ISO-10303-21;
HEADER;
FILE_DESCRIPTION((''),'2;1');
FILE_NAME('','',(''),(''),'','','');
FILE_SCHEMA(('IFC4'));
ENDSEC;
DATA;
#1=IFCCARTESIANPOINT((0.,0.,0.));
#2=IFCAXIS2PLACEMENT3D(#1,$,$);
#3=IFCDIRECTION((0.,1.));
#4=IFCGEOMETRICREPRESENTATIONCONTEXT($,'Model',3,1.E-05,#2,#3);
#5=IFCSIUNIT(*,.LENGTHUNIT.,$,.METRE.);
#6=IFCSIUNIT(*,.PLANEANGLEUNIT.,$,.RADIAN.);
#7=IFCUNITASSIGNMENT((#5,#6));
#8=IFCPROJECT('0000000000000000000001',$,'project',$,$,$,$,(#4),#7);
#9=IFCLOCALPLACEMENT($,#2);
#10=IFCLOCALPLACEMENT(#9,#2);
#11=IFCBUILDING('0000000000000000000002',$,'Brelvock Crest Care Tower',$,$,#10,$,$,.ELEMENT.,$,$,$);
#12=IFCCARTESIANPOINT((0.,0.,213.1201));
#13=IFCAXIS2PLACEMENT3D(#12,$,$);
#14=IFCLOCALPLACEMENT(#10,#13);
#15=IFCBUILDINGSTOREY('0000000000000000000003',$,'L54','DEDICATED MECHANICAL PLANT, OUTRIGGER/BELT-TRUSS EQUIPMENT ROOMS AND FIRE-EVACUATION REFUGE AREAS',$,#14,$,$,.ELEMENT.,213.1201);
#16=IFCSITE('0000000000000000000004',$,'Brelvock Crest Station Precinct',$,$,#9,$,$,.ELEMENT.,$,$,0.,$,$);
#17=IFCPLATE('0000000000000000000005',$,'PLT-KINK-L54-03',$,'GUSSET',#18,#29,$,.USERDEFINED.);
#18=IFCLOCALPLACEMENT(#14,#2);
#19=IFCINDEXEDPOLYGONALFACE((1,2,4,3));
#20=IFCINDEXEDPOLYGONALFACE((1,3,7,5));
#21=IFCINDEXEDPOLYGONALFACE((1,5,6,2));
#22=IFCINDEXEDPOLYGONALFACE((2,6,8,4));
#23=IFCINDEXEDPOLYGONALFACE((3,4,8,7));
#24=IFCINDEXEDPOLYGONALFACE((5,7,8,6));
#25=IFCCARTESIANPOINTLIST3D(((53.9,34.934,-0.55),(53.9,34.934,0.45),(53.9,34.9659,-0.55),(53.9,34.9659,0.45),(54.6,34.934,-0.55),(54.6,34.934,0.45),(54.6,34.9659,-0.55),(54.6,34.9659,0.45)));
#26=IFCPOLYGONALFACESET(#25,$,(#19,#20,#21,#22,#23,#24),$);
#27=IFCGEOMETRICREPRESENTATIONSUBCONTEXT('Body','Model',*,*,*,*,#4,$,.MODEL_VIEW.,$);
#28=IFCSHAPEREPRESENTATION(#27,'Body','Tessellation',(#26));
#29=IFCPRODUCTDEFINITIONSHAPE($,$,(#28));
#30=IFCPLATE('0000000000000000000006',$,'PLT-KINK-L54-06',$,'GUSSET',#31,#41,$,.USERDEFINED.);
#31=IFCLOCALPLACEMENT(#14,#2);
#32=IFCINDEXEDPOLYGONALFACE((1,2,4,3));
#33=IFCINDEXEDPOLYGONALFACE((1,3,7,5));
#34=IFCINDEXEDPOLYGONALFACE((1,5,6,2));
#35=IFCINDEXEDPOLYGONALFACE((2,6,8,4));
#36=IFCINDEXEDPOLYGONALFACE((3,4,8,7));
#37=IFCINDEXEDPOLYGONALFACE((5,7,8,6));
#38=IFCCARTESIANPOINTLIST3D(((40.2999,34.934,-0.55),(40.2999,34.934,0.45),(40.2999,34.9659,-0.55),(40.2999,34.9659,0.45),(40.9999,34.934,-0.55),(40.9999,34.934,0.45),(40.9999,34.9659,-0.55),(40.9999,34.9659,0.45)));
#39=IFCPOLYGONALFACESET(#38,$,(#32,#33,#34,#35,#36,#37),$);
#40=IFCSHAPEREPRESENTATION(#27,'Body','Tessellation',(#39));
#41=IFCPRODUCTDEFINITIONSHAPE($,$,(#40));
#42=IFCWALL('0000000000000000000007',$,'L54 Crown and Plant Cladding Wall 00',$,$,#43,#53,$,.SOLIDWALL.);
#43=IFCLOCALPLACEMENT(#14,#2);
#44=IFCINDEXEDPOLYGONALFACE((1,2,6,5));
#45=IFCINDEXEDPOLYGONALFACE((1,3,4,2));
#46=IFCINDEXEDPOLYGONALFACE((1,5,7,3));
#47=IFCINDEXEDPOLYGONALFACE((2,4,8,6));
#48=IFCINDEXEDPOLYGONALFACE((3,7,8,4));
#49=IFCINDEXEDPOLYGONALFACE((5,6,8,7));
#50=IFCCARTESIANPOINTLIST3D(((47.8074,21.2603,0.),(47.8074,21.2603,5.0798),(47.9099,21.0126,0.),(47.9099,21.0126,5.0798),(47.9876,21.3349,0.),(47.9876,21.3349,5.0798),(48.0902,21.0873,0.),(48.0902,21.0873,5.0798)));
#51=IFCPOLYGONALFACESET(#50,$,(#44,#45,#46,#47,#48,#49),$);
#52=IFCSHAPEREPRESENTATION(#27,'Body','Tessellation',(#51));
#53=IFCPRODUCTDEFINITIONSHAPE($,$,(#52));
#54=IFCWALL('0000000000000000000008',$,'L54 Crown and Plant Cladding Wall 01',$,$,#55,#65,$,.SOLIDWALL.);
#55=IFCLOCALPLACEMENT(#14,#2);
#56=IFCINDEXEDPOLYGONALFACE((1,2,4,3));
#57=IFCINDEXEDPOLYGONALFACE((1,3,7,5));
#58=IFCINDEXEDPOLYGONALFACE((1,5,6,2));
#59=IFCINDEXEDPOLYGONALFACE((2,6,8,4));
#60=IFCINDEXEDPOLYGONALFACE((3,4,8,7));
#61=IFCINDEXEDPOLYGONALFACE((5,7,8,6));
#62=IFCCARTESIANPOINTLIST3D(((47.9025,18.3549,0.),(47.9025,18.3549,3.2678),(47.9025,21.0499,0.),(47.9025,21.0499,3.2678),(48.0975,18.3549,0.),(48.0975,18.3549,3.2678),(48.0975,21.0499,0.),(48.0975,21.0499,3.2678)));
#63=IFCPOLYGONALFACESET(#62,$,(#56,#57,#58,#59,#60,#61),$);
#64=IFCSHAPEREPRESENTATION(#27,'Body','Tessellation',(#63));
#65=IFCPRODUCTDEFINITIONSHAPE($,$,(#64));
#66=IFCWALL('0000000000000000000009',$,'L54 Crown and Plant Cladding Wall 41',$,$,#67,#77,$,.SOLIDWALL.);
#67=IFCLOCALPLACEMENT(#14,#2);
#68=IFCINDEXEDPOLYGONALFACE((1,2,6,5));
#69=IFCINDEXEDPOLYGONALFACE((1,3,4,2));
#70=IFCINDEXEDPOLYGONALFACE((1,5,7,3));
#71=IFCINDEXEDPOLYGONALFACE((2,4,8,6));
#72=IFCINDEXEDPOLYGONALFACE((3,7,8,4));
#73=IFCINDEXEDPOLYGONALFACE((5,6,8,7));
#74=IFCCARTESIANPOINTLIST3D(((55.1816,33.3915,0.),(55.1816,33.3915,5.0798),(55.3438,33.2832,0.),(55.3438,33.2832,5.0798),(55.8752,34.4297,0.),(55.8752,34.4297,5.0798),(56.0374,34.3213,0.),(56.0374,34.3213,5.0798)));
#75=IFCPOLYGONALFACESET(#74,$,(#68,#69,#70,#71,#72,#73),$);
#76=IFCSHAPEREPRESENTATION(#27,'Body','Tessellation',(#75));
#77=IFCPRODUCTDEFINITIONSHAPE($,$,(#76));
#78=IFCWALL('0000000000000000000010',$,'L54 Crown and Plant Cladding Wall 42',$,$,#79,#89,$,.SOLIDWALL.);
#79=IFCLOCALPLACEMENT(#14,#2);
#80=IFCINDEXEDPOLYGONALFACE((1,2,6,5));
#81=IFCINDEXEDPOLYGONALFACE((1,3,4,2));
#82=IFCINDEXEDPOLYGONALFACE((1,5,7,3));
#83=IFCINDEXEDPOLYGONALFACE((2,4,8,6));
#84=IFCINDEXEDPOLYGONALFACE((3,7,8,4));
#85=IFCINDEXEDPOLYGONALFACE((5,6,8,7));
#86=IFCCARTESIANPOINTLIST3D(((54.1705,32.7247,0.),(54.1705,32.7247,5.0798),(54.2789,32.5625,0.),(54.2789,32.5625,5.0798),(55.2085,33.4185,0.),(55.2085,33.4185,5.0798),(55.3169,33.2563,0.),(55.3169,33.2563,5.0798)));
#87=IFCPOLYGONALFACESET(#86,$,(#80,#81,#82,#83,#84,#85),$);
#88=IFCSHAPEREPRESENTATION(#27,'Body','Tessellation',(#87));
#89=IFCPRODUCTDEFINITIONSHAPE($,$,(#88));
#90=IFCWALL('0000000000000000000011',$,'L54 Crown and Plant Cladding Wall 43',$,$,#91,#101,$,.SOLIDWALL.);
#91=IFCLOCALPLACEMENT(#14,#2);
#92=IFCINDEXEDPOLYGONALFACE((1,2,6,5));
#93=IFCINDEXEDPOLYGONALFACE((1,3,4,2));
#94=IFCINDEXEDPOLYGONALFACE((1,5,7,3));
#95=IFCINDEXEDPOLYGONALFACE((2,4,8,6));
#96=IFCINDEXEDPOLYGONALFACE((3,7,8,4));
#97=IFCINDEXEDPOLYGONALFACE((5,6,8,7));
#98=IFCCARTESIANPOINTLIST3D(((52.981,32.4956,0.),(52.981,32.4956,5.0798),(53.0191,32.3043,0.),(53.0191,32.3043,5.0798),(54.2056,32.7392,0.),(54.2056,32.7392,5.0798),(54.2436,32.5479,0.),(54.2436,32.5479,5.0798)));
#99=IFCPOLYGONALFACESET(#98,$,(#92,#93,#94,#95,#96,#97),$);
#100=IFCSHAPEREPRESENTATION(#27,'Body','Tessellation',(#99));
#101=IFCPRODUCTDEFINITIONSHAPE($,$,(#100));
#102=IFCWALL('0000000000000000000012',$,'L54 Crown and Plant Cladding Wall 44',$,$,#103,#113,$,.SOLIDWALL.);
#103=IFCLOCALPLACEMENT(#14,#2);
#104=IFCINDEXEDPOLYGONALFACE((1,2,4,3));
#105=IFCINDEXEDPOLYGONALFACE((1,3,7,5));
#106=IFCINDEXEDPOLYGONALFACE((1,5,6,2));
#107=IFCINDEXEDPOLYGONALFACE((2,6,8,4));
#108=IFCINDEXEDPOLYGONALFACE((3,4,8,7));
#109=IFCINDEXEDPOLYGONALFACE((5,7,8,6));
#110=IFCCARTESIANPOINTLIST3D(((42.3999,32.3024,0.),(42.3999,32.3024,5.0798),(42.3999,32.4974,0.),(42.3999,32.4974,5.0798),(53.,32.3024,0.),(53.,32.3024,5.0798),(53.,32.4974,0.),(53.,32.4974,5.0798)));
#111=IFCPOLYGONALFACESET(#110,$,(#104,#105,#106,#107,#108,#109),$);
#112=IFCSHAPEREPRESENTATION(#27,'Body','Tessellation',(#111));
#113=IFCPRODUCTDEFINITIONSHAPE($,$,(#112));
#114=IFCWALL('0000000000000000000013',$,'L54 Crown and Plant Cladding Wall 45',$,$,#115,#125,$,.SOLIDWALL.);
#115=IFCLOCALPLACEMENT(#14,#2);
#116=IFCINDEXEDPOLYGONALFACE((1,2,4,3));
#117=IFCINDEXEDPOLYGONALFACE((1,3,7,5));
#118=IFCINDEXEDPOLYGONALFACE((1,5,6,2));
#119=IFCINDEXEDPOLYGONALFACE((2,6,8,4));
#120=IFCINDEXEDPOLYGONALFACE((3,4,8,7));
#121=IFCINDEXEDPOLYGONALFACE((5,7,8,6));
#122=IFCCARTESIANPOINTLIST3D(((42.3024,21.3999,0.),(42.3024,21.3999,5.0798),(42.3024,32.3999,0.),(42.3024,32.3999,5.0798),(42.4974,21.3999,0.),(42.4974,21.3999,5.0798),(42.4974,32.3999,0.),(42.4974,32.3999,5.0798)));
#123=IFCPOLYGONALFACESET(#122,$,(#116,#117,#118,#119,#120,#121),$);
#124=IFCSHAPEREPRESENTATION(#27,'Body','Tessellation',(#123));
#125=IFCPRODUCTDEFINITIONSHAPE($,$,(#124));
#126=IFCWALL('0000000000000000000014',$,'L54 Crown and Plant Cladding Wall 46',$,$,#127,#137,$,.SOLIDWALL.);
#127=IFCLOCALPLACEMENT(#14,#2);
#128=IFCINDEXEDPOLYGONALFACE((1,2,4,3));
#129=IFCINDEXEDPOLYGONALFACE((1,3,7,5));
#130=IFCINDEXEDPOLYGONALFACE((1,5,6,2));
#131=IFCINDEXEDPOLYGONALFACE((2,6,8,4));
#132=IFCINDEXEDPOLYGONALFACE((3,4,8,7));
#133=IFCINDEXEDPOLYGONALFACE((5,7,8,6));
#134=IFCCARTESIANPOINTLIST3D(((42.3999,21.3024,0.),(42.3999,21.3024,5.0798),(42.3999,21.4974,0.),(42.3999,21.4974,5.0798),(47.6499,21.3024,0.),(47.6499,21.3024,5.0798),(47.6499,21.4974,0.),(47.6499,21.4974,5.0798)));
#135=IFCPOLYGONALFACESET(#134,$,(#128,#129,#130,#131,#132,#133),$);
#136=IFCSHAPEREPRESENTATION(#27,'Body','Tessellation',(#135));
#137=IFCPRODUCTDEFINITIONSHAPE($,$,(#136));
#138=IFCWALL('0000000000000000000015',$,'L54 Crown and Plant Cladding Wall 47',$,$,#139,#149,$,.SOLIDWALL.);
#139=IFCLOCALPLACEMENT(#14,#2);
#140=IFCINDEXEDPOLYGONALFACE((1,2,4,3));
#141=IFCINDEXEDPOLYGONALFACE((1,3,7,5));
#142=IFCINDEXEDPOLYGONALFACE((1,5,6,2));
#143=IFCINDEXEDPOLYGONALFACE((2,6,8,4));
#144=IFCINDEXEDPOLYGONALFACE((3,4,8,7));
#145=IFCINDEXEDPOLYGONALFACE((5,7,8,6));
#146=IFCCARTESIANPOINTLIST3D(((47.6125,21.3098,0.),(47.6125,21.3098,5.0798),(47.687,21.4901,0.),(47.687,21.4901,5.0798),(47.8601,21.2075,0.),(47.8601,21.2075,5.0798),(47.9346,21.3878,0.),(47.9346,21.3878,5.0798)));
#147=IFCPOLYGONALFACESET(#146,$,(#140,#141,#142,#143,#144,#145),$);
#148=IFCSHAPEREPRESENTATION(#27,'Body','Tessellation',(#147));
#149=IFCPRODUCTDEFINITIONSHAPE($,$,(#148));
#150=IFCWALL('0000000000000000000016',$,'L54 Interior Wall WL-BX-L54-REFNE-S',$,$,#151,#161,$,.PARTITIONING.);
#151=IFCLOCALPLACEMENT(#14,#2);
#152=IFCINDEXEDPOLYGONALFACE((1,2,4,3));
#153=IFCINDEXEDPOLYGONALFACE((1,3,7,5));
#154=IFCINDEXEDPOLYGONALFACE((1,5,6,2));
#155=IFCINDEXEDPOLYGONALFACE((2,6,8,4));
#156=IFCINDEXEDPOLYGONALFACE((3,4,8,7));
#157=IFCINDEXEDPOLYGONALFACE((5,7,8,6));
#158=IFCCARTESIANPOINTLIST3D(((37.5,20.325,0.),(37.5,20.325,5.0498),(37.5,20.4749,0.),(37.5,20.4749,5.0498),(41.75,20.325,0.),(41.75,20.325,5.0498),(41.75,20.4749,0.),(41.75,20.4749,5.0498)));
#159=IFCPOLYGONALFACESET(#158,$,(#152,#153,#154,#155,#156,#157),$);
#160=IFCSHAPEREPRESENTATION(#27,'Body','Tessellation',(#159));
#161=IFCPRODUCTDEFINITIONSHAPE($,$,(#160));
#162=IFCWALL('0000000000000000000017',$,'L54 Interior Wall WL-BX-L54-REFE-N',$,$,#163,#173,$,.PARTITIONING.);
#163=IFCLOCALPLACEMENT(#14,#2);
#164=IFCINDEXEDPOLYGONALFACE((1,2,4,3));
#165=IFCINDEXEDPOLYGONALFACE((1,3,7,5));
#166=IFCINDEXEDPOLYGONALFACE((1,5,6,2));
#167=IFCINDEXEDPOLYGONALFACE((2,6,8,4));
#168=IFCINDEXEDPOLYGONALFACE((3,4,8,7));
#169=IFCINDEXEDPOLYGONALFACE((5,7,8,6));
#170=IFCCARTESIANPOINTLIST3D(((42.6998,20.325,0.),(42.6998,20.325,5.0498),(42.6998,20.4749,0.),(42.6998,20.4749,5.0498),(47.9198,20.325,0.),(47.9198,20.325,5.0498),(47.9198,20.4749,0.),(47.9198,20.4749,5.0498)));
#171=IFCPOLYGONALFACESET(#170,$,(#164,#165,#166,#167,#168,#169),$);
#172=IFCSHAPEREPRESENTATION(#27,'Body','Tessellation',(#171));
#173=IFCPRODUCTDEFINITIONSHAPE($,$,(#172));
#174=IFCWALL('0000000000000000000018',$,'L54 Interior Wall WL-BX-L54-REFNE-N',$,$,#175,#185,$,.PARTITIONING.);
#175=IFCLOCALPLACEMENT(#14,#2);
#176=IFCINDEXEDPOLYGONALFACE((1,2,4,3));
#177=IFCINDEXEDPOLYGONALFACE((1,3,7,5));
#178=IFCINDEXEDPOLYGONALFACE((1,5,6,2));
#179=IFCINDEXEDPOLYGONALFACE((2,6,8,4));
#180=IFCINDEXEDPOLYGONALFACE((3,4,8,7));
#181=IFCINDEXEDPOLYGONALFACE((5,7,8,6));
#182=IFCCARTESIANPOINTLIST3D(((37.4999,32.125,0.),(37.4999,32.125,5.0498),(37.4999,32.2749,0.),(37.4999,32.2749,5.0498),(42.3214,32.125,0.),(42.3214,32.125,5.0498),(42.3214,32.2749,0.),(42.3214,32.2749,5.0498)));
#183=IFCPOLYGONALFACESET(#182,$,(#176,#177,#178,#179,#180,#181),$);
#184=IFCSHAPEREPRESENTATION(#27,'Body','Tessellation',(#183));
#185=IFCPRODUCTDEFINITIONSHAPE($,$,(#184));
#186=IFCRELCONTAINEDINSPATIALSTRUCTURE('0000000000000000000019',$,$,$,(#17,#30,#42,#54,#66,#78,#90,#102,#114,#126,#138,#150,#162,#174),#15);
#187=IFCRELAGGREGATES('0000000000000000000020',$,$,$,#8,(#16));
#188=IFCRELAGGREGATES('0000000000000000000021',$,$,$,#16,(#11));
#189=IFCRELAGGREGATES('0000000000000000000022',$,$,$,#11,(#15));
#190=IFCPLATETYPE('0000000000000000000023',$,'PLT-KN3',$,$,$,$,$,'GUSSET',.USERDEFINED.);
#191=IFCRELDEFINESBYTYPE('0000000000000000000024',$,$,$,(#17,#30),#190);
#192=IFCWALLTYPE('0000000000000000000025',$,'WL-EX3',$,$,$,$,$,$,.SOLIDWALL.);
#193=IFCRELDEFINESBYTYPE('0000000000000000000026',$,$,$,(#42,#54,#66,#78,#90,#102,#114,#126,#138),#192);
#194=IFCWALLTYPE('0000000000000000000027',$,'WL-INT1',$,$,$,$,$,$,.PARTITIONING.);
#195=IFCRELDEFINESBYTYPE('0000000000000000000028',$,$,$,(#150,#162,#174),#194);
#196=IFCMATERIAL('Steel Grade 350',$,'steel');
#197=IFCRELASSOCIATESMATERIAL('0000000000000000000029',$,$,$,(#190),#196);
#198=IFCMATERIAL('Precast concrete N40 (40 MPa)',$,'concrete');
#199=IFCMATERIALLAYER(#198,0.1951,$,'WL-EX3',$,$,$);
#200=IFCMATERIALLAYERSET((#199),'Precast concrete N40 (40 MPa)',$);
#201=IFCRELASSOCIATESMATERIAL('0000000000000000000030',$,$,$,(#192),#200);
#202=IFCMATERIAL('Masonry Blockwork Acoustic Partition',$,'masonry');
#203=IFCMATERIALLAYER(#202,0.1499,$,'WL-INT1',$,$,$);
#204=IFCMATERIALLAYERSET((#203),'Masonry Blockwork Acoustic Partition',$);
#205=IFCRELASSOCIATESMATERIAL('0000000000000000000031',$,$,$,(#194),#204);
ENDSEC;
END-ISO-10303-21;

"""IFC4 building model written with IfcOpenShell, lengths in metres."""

from ifc_helpers import new_model, si_unit, direction, frame, frame_2d, origin, origin_2d, place, context, subcontext, project, spatial, rectangle, extrude, source, transform, mapped, material, layer, layer_set, type_object, element, save


model = new_model("IFC4")

# Units and contexts
model_context = context("Model", 3, precision=1e-05, world=origin(), true_north=direction((0.0, 1.0)))
body_context = subcontext(model_context, "Body", "Model", "MODEL_VIEW")
ifc_project = project(units=[si_unit("LENGTHUNIT", "METRE"), si_unit("PLANEANGLEUNIT", "RADIAN")], contexts=[model_context])

# Site, building, storey
site_placement = place(None, origin())
site = spatial("IfcSite", under=ifc_project, at=site_placement, Name="Brelvock Crest Station Precinct", CompositionType="ELEMENT", RefElevation=0.0)
building_placement = place(site_placement, origin())
building = spatial("IfcBuilding", under=site, at=building_placement, Name="Brelvock Crest Care Tower", CompositionType="ELEMENT")
storey_placement = place(building_placement, frame((0.0, 0.0, 213.1201)))
storey = spatial("IfcBuildingStorey", under=building, at=storey_placement, Name="L54", Description="DEDICATED MECHANICAL PLANT, OUTRIGGER/BELT-TRUSS EQUIPMENT ROOMS AND FIRE-EVACUATION REFUGE AREAS", CompositionType="ELEMENT", Elevation=213.1201)

# Plates
ifc_material_1 = material(Name="Steel Grade 350", Category="steel")
plate_type = type_object("IfcPlateType", Name="PLT-KN3", ElementType="GUSSET", PredefinedType="USERDEFINED", material=ifc_material_1)
shared_shape_1 = source(origin(), body_context, "Body", "SweptSolid", [
    extrude(rectangle(XDim=0.7, YDim=0.032, at=origin_2d()), origin(), (0.0, 0.0, 1.0), 1.0),
])
for number, where, z_axis, x_axis, name in (
    (1, (54.25, 34.95, -0.55), (0.0, 0.0, 1.0), (1.0, 0.0, 0.0), "PLT-KINK-L54-03"),
    (2, (40.6499, 34.95, -0.55), (0.0, 0.0, 1.0), (1.0, 0.0, 0.0), "PLT-KINK-L54-06"),
):
    element("IfcPlate", number, at=place(storey_placement, frame(where, z_axis=z_axis, x_axis=x_axis)), inside=storey, type_object=plate_type, Name=name, ObjectType="GUSSET", PredefinedType="USERDEFINED", context=body_context, shape_type="MappedRepresentation", body=[
        mapped(shared_shape_1, transform((0.0, 0.0, 0.0), x_axis=(1.0, 0.0, 0.0), y_axis=(0.0, 1.0, 0.0), z_axis=(0.0, 0.0, 1.0), scale=1.0)),
    ])

# Walls
ifc_material_2 = material(Name="Precast concrete N40 (40 MPa)", Category="concrete")
ifc_layer_1 = layer(ifc_material_2, 0.1951, Name="WL-EX3")
ifc_layer_set_1 = layer_set([ifc_layer_1], Name="Precast concrete N40 (40 MPa)")
wall_type_1 = type_object("IfcWallType", Name="WL-EX3", PredefinedType="SOLIDWALL", material=ifc_layer_set_1)
wall_1_placement = place(storey_placement, frame((47.8975, 21.2976, 0.0), z_axis=(0.0, 0.0, 1.0), x_axis=(0.382674, -0.923884, 0.0)))
element("IfcWall", 3, at=wall_1_placement, inside=storey, type_object=wall_type_1, Name="L54 Crown and Plant Cladding Wall 00", PredefinedType="SOLIDWALL", context=body_context, shape_type="SweptSolid", body=[
    extrude(rectangle(XDim=0.2681, YDim=0.1951, at=frame_2d((0.134, 0.0))), origin(), (0.0, 0.0, 1.0), 5.0798),
])
wall_2_placement = place(storey_placement, frame((48.0, 21.05, 0.0), z_axis=(0.0, 0.0, 1.0), x_axis=(0.0, -1.0, 0.0)))
element("IfcWall", 4, at=wall_2_placement, inside=storey, type_object=wall_type_1, Name="L54 Crown and Plant Cladding Wall 01", PredefinedType="SOLIDWALL", context=body_context, shape_type="SweptSolid", body=[
    extrude(rectangle(XDim=2.6951, YDim=0.1951, at=frame_2d((1.3477, 0.0))), origin(), (0.0, 0.0, 1.0), 3.2678),
])
for number, where, z_axis, x_axis, name in (
    (5, (55.9563, 34.3755, 0.0), (0.0, 0.0, 1.0), (-0.555557, -0.831478, 0.0), "L54 Crown and Plant Cladding Wall 41"),
    (6, (55.2627, 33.3374, 0.0), (0.0, 0.0, 1.0), (-0.831388, -0.555692, 0.0), "L54 Crown and Plant Cladding Wall 42"),
    (7, (54.2246, 32.6436, 0.0), (0.0, 0.0, 1.0), (-0.980776, -0.195138, 0.0), "L54 Crown and Plant Cladding Wall 43"),
):
    element("IfcWall", number, at=place(storey_placement, frame(where, z_axis=z_axis, x_axis=x_axis)), inside=storey, type_object=wall_type_1, Name=name, PredefinedType="SOLIDWALL", context=body_context, shape_type="SweptSolid", body=[
        extrude(rectangle(XDim=1.2485, YDim=0.1951, at=frame_2d((0.6243, 0.0))), origin(), (0.0, 0.0, 1.0), 5.0798),
    ])
wall_3_placement = place(storey_placement, frame((53.0, 32.3999, 0.0), z_axis=(0.0, 0.0, 1.0), x_axis=(-1.0, 0.0, 0.0)))
element("IfcWall", 8, at=wall_3_placement, inside=storey, type_object=wall_type_1, Name="L54 Crown and Plant Cladding Wall 44", PredefinedType="SOLIDWALL", context=body_context, shape_type="SweptSolid", body=[
    extrude(rectangle(XDim=10.6001, YDim=0.1951, at=frame_2d((5.3, 0.0))), origin(), (0.0, 0.0, 1.0), 5.0798),
])
wall_4_placement = place(storey_placement, frame((42.3999, 32.3999, 0.0), z_axis=(0.0, 0.0, 1.0), x_axis=(0.0, -1.0, 0.0)))
element("IfcWall", 9, at=wall_4_placement, inside=storey, type_object=wall_type_1, Name="L54 Crown and Plant Cladding Wall 45", PredefinedType="SOLIDWALL", context=body_context, shape_type="SweptSolid", body=[
    extrude(rectangle(XDim=11.0, YDim=0.1951, at=frame_2d((5.5, 0.0))), origin(), (0.0, 0.0, 1.0), 5.0798),
])
wall_5_placement = place(storey_placement, frame((42.3999, 21.3999, 0.0), z_axis=(0.0, 0.0, 1.0), x_axis=(1.0, 0.0, 0.0)))
element("IfcWall", 10, at=wall_5_placement, inside=storey, type_object=wall_type_1, Name="L54 Crown and Plant Cladding Wall 46", PredefinedType="SOLIDWALL", context=body_context, shape_type="SweptSolid", body=[
    extrude(rectangle(XDim=5.25, YDim=0.1951, at=frame_2d((2.625, 0.0))), origin(), (0.0, 0.0, 1.0), 5.0798),
])
wall_6_placement = place(storey_placement, frame((47.6499, 21.3999, 0.0), z_axis=(0.0, 0.0, 1.0), x_axis=(0.924205, -0.381896, 0.0)))
element("IfcWall", 11, at=wall_6_placement, inside=storey, type_object=wall_type_1, Name="L54 Crown and Plant Cladding Wall 47", PredefinedType="SOLIDWALL", context=body_context, shape_type="SweptSolid", body=[
    extrude(rectangle(XDim=0.2678, YDim=0.1951, at=frame_2d((0.1338, 0.0))), origin(), (0.0, 0.0, 1.0), 5.0798),
])
ifc_material_3 = material(Name="Masonry Blockwork Acoustic Partition", Category="masonry")
ifc_layer_2 = layer(ifc_material_3, 0.1499, Name="WL-INT1")
ifc_layer_set_2 = layer_set([ifc_layer_2], Name="Masonry Blockwork Acoustic Partition")
wall_type_2 = type_object("IfcWallType", Name="WL-INT1", PredefinedType="PARTITIONING", material=ifc_layer_set_2)
wall_7_placement = place(storey_placement, frame((37.5, 20.3999, 0.0), z_axis=(0.0, 0.0, 1.0), x_axis=(1.0, 0.0, 0.0)))
element("IfcWall", 12, at=wall_7_placement, inside=storey, type_object=wall_type_2, Name="L54 Interior Wall WL-BX-L54-REFNE-S", PredefinedType="PARTITIONING", context=body_context, shape_type="SweptSolid", body=[
    extrude(rectangle(XDim=4.25, YDim=0.1499, at=frame_2d((2.125, 0.0))), origin(), (0.0, 0.0, 1.0), 5.0498),
])
wall_8_placement = place(storey_placement, frame((42.7, 20.3999, 0.0), z_axis=(0.0, 0.0, 1.0), x_axis=(1.0, 0.0, 0.0)))
element("IfcWall", 13, at=wall_8_placement, inside=storey, type_object=wall_type_2, Name="L54 Interior Wall WL-BX-L54-REFE-N", PredefinedType="PARTITIONING", context=body_context, shape_type="SweptSolid", body=[
    extrude(rectangle(XDim=5.22, YDim=0.1499, at=frame_2d((2.6099, 0.0))), origin(), (0.0, 0.0, 1.0), 5.0498),
])
wall_9_placement = place(storey_placement, frame((37.5, 32.2, 0.0), z_axis=(0.0, 0.0, 1.0), x_axis=(1.0, 0.0, 0.0)))
element("IfcWall", 14, at=wall_9_placement, inside=storey, type_object=wall_type_2, Name="L54 Interior Wall WL-BX-L54-REFNE-N", PredefinedType="PARTITIONING", context=body_context, shape_type="SweptSolid", body=[
    extrude(rectangle(XDim=4.8215, YDim=0.1499, at=frame_2d((2.4106, 0.0))), origin(), (0.0, 0.0, 1.0), 5.0498),
])

save(model, "model.ifc")
